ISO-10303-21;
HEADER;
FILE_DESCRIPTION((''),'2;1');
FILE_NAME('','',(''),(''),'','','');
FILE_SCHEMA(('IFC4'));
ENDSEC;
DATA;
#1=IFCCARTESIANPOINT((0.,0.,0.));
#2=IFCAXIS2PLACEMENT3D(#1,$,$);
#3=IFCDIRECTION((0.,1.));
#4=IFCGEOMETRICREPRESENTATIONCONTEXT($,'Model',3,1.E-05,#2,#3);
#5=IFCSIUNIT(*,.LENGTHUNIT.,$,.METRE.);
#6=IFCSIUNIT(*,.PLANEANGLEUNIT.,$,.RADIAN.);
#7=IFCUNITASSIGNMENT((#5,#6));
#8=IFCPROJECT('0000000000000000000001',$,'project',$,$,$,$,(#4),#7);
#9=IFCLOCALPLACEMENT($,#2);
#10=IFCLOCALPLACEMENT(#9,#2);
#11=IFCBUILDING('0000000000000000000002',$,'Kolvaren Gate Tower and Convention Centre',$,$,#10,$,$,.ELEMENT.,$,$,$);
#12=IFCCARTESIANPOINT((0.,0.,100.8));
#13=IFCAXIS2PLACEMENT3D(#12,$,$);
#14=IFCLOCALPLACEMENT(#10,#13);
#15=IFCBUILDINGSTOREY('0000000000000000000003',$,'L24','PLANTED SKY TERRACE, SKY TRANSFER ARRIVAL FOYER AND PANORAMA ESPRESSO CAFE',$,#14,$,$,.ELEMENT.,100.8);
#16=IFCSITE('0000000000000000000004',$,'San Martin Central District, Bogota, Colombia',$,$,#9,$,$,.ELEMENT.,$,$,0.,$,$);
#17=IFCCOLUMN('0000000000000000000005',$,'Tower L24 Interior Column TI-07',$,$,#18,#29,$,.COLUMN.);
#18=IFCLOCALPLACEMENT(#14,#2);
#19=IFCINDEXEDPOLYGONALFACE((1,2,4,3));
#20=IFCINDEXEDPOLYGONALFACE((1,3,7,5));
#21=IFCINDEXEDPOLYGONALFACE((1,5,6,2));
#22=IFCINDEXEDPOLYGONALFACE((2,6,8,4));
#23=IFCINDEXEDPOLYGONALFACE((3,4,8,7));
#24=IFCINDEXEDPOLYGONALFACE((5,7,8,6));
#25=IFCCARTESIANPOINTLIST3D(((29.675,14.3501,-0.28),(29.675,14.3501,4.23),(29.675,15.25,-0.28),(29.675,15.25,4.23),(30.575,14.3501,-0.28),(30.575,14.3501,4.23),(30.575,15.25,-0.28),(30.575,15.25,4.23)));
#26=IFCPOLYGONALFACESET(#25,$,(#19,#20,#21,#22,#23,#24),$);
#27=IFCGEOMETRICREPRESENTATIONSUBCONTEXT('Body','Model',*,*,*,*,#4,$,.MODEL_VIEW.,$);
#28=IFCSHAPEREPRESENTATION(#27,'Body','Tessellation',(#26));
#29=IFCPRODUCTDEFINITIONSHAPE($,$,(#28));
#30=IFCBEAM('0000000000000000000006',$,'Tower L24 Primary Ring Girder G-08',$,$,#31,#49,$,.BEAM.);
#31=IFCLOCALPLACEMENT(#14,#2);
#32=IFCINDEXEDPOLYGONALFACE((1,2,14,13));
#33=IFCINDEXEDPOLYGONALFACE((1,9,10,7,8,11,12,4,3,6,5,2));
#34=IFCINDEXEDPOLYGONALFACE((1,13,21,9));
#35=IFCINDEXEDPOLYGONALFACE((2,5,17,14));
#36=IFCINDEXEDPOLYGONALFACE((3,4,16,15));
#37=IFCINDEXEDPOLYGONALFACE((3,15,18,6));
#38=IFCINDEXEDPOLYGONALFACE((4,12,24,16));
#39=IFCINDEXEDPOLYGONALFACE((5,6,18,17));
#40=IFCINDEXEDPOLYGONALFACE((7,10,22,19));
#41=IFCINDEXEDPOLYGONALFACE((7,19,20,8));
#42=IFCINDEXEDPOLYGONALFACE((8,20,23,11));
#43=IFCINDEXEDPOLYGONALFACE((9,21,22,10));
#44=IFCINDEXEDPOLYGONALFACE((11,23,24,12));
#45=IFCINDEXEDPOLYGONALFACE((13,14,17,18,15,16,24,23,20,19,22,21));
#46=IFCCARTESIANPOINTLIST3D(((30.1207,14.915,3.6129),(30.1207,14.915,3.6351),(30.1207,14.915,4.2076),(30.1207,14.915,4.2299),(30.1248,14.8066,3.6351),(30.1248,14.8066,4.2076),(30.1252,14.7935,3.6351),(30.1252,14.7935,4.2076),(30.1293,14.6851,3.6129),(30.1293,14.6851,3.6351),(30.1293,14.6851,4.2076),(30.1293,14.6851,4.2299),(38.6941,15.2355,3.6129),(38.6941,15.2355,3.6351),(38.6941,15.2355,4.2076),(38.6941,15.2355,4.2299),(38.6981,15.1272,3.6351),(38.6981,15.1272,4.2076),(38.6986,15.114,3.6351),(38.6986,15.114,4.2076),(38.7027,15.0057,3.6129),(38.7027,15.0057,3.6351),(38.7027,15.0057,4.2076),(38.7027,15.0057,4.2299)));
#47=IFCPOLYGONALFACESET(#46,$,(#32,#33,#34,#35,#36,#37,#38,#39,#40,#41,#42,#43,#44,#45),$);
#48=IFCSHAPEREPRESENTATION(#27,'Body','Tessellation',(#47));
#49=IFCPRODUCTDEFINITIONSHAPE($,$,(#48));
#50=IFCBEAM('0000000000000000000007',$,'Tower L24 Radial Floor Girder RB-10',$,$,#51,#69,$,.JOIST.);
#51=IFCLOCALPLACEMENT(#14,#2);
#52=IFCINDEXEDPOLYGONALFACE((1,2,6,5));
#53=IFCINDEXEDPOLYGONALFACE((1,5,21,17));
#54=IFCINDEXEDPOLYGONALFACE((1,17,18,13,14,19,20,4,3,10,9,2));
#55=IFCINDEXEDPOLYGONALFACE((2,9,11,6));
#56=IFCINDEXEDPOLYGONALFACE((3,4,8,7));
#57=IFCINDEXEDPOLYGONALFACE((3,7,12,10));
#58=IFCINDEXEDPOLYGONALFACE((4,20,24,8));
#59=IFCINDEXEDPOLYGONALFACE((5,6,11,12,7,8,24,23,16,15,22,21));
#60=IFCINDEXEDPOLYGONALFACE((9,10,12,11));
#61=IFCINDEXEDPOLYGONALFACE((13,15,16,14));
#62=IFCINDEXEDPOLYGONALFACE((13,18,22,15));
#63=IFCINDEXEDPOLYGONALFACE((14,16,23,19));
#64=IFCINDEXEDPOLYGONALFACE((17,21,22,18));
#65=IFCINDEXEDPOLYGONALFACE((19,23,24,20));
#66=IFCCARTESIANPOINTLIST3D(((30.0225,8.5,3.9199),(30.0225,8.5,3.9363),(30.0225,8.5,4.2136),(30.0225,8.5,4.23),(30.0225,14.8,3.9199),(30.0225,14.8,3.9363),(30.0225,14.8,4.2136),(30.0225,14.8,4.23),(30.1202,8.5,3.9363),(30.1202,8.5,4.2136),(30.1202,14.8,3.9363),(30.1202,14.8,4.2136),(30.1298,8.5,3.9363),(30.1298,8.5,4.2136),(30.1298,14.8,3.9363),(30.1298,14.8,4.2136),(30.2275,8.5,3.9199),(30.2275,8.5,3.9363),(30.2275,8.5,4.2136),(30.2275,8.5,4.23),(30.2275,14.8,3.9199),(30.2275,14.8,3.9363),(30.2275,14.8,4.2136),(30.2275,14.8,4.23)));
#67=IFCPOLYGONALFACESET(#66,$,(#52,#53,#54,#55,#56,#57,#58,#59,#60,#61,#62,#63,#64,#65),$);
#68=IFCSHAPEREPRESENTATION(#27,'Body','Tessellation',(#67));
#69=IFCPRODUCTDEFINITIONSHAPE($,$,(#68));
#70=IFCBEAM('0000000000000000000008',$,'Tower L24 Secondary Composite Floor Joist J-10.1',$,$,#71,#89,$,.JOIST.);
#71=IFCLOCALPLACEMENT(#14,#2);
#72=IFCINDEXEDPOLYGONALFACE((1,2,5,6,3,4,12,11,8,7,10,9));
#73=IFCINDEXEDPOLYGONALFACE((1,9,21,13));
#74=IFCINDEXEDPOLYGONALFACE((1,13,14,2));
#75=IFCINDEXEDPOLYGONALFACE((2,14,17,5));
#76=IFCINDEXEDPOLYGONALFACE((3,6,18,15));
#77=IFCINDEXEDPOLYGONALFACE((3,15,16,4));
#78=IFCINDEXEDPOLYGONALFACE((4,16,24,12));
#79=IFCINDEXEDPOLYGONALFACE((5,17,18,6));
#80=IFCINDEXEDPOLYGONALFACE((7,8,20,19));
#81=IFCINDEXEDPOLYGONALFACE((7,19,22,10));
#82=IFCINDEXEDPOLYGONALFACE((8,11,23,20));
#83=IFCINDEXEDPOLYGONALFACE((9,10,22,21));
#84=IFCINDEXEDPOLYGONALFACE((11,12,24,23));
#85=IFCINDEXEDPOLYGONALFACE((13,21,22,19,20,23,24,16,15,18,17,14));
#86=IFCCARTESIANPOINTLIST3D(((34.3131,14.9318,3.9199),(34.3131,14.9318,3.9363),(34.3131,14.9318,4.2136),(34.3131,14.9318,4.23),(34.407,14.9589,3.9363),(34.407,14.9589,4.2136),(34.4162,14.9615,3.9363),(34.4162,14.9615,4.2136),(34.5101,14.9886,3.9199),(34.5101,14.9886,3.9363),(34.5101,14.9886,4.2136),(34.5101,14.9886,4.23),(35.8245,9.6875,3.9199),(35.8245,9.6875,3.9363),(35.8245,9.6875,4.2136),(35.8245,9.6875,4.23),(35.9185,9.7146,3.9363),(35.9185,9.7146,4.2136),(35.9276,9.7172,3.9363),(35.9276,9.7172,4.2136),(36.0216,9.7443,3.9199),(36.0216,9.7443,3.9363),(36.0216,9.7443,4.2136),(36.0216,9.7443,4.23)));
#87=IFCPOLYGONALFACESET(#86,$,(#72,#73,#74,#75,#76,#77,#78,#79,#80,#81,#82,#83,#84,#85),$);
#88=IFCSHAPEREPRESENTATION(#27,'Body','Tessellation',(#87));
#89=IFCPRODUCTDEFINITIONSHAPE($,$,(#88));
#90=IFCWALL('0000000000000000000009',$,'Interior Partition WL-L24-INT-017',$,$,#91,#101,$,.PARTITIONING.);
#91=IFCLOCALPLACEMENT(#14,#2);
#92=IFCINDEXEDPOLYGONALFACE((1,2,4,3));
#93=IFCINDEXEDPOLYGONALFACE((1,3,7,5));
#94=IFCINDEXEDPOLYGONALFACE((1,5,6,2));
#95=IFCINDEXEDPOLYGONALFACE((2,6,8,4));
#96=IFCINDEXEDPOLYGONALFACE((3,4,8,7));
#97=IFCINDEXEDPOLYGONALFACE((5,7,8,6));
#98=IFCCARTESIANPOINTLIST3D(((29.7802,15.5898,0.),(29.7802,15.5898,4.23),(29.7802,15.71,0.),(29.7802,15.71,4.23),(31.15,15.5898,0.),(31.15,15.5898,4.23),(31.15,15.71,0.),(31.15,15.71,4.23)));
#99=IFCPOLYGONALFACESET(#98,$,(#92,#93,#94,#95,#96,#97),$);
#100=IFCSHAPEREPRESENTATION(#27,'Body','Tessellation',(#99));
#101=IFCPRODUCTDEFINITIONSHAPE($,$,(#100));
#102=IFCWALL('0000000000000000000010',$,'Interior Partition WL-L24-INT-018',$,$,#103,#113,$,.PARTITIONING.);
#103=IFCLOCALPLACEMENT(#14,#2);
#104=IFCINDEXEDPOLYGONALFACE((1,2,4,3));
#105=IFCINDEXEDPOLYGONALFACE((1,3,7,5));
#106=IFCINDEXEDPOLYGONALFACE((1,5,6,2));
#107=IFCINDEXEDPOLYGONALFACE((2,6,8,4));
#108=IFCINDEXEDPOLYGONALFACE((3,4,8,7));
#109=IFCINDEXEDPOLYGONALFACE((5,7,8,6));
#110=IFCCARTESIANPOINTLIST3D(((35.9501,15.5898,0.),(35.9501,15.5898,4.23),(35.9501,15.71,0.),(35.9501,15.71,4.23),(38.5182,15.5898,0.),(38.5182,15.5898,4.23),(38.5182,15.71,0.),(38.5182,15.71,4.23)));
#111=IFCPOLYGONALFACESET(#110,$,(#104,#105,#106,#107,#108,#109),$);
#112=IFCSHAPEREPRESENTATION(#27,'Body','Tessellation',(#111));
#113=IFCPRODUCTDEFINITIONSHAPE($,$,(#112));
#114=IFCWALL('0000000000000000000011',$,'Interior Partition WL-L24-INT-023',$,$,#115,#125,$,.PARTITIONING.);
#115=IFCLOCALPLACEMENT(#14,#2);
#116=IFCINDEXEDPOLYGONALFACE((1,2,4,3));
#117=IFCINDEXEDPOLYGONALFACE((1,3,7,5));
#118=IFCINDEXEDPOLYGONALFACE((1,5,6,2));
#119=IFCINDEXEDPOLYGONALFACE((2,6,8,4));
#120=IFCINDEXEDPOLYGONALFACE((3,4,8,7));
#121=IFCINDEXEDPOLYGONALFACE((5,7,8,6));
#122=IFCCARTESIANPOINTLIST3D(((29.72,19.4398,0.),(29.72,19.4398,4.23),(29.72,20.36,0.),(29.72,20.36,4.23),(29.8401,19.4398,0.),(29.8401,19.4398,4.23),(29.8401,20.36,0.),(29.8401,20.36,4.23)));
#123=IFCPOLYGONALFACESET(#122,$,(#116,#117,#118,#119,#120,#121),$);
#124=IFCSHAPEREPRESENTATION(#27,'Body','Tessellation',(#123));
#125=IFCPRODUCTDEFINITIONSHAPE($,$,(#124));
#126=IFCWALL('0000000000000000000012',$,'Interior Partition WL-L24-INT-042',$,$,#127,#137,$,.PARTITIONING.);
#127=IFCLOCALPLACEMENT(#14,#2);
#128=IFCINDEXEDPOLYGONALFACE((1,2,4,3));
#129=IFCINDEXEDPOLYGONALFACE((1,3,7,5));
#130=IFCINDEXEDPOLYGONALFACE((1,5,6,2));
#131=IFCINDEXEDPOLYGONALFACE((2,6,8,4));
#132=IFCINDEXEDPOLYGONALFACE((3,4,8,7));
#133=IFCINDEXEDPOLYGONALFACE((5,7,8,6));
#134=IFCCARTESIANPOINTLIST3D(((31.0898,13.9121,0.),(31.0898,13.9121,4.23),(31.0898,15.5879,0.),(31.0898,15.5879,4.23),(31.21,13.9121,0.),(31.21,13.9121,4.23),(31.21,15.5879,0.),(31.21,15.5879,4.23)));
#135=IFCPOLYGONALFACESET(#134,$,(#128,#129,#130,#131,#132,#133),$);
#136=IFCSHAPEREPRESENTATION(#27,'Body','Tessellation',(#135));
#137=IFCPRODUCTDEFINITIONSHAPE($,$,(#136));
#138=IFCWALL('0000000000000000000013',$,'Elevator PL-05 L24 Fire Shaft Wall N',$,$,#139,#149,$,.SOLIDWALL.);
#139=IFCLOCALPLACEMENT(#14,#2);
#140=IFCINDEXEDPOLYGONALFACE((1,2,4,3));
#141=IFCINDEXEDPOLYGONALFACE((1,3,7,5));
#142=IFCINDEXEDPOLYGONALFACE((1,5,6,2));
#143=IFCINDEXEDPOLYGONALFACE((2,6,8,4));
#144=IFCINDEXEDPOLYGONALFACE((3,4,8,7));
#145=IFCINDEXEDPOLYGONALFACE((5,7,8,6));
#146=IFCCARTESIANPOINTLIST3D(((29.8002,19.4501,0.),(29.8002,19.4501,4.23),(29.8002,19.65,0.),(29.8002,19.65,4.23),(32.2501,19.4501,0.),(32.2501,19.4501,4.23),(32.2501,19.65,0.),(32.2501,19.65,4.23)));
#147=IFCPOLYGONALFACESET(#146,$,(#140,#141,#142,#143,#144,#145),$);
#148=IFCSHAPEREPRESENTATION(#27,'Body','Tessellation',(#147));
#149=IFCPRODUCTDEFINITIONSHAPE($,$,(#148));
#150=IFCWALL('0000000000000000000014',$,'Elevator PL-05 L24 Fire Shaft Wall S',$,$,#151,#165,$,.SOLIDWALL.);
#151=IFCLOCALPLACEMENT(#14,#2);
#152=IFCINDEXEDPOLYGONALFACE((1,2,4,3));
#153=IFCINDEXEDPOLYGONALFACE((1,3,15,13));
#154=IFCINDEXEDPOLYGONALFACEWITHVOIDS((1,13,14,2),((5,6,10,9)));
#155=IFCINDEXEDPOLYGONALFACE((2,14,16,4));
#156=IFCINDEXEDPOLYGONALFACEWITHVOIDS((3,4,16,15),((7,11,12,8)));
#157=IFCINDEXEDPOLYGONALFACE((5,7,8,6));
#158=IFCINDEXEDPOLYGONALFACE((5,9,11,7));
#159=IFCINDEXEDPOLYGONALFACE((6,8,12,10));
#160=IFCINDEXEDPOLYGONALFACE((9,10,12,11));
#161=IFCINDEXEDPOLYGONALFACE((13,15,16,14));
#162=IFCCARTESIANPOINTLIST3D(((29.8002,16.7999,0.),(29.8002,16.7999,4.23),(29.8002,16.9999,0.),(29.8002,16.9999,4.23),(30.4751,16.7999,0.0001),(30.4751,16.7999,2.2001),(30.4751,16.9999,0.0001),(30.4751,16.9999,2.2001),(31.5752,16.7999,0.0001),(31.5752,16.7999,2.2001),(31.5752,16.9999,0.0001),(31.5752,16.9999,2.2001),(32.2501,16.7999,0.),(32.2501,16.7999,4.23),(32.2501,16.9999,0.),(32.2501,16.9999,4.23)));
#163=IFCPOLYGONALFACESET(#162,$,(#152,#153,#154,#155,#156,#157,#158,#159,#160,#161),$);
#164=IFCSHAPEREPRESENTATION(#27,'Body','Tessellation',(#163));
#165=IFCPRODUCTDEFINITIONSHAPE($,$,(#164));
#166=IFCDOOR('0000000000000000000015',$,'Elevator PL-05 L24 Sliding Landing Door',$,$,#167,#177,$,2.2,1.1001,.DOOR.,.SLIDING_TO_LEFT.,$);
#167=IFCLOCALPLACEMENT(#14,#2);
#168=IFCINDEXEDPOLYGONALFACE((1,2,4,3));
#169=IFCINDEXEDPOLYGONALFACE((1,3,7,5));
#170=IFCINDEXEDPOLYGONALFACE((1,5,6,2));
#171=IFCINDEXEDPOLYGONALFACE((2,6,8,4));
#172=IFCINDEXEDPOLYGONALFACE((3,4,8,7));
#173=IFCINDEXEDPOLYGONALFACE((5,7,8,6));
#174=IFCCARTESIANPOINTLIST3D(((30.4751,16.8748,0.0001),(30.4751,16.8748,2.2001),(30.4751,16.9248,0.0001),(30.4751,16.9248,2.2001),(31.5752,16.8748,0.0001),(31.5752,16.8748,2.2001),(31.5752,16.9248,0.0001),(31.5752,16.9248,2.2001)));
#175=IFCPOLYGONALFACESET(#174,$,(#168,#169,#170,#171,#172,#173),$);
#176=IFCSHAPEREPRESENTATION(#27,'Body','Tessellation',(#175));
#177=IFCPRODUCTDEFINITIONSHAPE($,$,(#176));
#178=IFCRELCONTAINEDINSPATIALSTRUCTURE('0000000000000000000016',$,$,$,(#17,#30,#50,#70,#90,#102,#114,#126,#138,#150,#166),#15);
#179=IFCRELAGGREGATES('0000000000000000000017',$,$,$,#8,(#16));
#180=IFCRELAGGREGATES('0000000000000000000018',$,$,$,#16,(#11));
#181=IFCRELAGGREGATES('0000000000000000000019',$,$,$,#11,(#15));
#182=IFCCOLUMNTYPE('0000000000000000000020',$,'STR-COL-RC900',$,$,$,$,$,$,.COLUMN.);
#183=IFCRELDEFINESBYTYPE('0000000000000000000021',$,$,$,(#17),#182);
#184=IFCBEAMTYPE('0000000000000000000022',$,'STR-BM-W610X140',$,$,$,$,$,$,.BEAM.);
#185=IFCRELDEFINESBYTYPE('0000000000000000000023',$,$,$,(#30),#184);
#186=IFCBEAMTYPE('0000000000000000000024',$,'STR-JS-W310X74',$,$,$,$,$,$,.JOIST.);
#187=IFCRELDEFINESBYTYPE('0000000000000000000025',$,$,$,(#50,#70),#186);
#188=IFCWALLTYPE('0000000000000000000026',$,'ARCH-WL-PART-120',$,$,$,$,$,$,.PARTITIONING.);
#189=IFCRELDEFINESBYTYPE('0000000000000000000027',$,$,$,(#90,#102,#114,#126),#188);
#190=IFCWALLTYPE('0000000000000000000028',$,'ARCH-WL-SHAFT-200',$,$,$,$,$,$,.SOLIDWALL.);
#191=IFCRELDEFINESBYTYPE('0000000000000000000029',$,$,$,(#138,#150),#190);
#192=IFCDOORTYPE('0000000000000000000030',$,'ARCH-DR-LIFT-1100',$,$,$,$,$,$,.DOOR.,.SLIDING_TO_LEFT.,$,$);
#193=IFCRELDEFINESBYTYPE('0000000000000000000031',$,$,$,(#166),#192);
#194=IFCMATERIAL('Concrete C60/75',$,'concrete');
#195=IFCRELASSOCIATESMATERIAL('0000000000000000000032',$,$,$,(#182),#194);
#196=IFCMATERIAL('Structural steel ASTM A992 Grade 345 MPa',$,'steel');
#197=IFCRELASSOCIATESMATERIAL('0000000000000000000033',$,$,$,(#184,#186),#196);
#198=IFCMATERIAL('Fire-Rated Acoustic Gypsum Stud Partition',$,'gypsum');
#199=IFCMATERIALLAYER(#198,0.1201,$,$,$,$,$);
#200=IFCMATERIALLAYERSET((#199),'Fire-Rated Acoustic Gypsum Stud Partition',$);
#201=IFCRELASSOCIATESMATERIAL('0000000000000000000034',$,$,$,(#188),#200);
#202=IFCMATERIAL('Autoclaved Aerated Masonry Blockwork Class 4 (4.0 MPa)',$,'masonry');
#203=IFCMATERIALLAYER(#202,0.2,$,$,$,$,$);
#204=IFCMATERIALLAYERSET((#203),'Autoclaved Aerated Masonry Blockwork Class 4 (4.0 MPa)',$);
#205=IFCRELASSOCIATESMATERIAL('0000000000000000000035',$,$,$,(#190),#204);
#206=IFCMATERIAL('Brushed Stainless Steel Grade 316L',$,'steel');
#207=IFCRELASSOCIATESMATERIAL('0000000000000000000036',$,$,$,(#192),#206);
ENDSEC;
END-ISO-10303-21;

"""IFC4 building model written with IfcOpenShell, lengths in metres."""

from ifc_helpers import new_model, si_unit, direction, frame, frame_2d, origin, origin_2d, place, context, subcontext, project, spatial, rectangle, i_section, extrude, material, layer, layer_set, material_profile, profile_set, type_object, element, fill, save


model = new_model("IFC4")

# Units and contexts
model_context = context("Model", 3, precision=1e-05, world=origin(), true_north=direction((0.0, 1.0)))
body_context = subcontext(model_context, "Body", "Model", "MODEL_VIEW")
ifc_project = project(units=[si_unit("LENGTHUNIT", "METRE"), si_unit("PLANEANGLEUNIT", "RADIAN")], contexts=[model_context])

# Site, building, storey
site_placement = place(None, origin())
site = spatial("IfcSite", under=ifc_project, at=site_placement, Name="San Martin Central District, Bogota, Colombia", CompositionType="ELEMENT", RefElevation=0.0)
building_placement = place(site_placement, origin())
building = spatial("IfcBuilding", under=site, at=building_placement, Name="Kolvaren Gate Tower and Convention Centre", CompositionType="ELEMENT")
storey_placement = place(building_placement, frame((0.0, 0.0, 100.8)))
storey = spatial("IfcBuildingStorey", under=building, at=storey_placement, Name="L24", Description="PLANTED SKY TERRACE, SKY TRANSFER ARRIVAL FOYER AND PANORAMA ESPRESSO CAFE", CompositionType="ELEMENT", Elevation=100.8)

# Column
ifc_material_1 = material(Name="Concrete C60/75", Category="concrete")
ifc_material_profile_1 = material_profile(ifc_material_1, rectangle(XDim=0.8999, YDim=0.8999, at=origin_2d()), Name="RC-COL-900X900")
ifc_profile_set_1 = profile_set([ifc_material_profile_1], Name="Concrete C60/75")
column_type = type_object("IfcColumnType", Name="STR-COL-RC900", PredefinedType="COLUMN", material=ifc_profile_set_1)
column_placement = place(storey_placement, frame((30.125, 14.8, -0.28), z_axis=(0.0, 0.0, 1.0), x_axis=(1.0, 0.0, 0.0)))
element("IfcColumn", 1, at=column_placement, inside=storey, type_object=column_type, Name="Tower L24 Interior Column TI-07", PredefinedType="COLUMN", context=body_context, shape_type="SweptSolid", body=[
    extrude(rectangle(XDim=0.8999, YDim=0.8999, at=origin_2d()), origin(), (0.0, 0.0, 1.0), 4.51),
])

# Beams
ifc_material_2 = material(Name="Structural steel ASTM A992 Grade 345 MPa", Category="steel")
ifc_material_profile_2 = material_profile(ifc_material_2, i_section(OverallWidth=0.23, OverallDepth=0.6169, WebThickness=0.0132, FlangeThickness=0.0222, at=origin_2d()), Name="W610X140")
ifc_profile_set_2 = profile_set([ifc_material_profile_2], Name="Structural steel ASTM A992 Grade 345 MPa")
beam_type_1 = type_object("IfcBeamType", Name="STR-BM-W610X140", PredefinedType="BEAM", material=ifc_profile_set_2)
beam_1_placement = place(storey_placement, frame((30.125, 14.8, 3.9214), z_axis=(0.999302, 0.037364, 0.0), x_axis=(-0.037364, 0.999302, 0.0)))
element("IfcBeam", 2, at=beam_1_placement, inside=storey, type_object=beam_type_1, Name="Tower L24 Primary Ring Girder G-08", PredefinedType="BEAM", context=body_context, shape_type="SweptSolid", body=[
    extrude(i_section(OverallWidth=0.23, OverallDepth=0.6169, WebThickness=0.0132, FlangeThickness=0.0222, at=origin_2d()), origin(), (0.0, 0.0, 1.0), 8.5793),
])
ifc_material_profile_3 = material_profile(ifc_material_2, i_section(OverallWidth=0.2051, OverallDepth=0.3101, WebThickness=0.0095, FlangeThickness=0.0164, at=origin_2d()), Name="W310X74")
ifc_profile_set_3 = profile_set([ifc_material_profile_3], Name="Structural steel ASTM A992 Grade 345 MPa")
beam_type_2 = type_object("IfcBeamType", Name="STR-JS-W310X74", PredefinedType="JOIST", material=ifc_profile_set_3)
beam_2_placement = place(storey_placement, frame((30.125, 14.8, 4.075), z_axis=(0.0, -1.0, 0.0), x_axis=(1.0, 0.0, 0.0)))
element("IfcBeam", 3, at=beam_2_placement, inside=storey, type_object=beam_type_2, Name="Tower L24 Radial Floor Girder RB-10", PredefinedType="JOIST", context=body_context, shape_type="SweptSolid", body=[
    extrude(i_section(OverallWidth=0.2051, OverallDepth=0.3101, WebThickness=0.0095, FlangeThickness=0.0164, at=origin_2d()), origin(), (0.0, 0.0, 1.0), 6.3),
])
beam_3_placement = place(storey_placement, frame((34.4116, 14.9602, 4.075), z_axis=(0.276936, -0.960888, 0.0), x_axis=(0.960888, 0.276936, 0.0)))
element("IfcBeam", 4, at=beam_3_placement, inside=storey, type_object=beam_type_2, Name="Tower L24 Secondary Composite Floor Joist J-10.1", PredefinedType="JOIST", context=body_context, shape_type="SweptSolid", body=[
    extrude(i_section(OverallWidth=0.2051, OverallDepth=0.3101, WebThickness=0.0095, FlangeThickness=0.0164, at=origin_2d()), origin(), (0.0, 0.0, 1.0), 5.4578),
])

# Walls
ifc_material_3 = material(Name="Fire-Rated Acoustic Gypsum Stud Partition", Category="gypsum")
ifc_layer_1 = layer(ifc_material_3, 0.1201)
ifc_layer_set_1 = layer_set([ifc_layer_1], Name="Fire-Rated Acoustic Gypsum Stud Partition")
wall_type_1 = type_object("IfcWallType", Name="ARCH-WL-PART-120", PredefinedType="PARTITIONING", material=ifc_layer_set_1)
wall_1_placement = place(storey_placement, frame((29.78, 15.6499, 0.0), z_axis=(0.0, 0.0, 1.0), x_axis=(1.0, 0.0, 0.0)))
element("IfcWall", 5, at=wall_1_placement, inside=storey, type_object=wall_type_1, Name="Interior Partition WL-L24-INT-017", PredefinedType="PARTITIONING", context=body_context, shape_type="SweptSolid", body=[
    extrude(rectangle(XDim=1.3699, YDim=0.1201, at=frame_2d((0.6851, 0.0))), origin(), (0.0, 0.0, 1.0), 4.23),
])
wall_2_placement = place(storey_placement, frame((35.95, 15.6499, 0.0), z_axis=(0.0, 0.0, 1.0), x_axis=(1.0, 0.0, 0.0)))
element("IfcWall", 6, at=wall_2_placement, inside=storey, type_object=wall_type_1, Name="Interior Partition WL-L24-INT-018", PredefinedType="PARTITIONING", context=body_context, shape_type="SweptSolid", body=[
    extrude(rectangle(XDim=2.5681, YDim=0.1201, at=frame_2d((1.2842, 0.0))), origin(), (0.0, 0.0, 1.0), 4.23),
])
wall_3_placement = place(storey_placement, frame((29.78, 19.4399, 0.0), z_axis=(0.0, 0.0, 1.0), x_axis=(0.0, 1.0, 0.0)))
element("IfcWall", 7, at=wall_3_placement, inside=storey, type_object=wall_type_1, Name="Interior Partition WL-L24-INT-023", PredefinedType="PARTITIONING", context=body_context, shape_type="SweptSolid", body=[
    extrude(rectangle(XDim=0.9202, YDim=0.1201, at=frame_2d((0.46, 0.0))), origin(), (0.0, 0.0, 1.0), 4.23),
])
wall_4_placement = place(storey_placement, frame((31.1499, 13.9121, 0.0), z_axis=(0.0, 0.0, 1.0), x_axis=(0.0, 1.0, 0.0)))
element("IfcWall", 8, at=wall_4_placement, inside=storey, type_object=wall_type_1, Name="Interior Partition WL-L24-INT-042", PredefinedType="PARTITIONING", context=body_context, shape_type="SweptSolid", body=[
    extrude(rectangle(XDim=1.6758, YDim=0.1201, at=frame_2d((0.8379, 0.0))), origin(), (0.0, 0.0, 1.0), 4.23),
])
ifc_material_4 = material(Name="Autoclaved Aerated Masonry Blockwork Class 4 (4.0 MPa)", Category="masonry")
ifc_layer_2 = layer(ifc_material_4, 0.2)
ifc_layer_set_2 = layer_set([ifc_layer_2], Name="Autoclaved Aerated Masonry Blockwork Class 4 (4.0 MPa)")
wall_type_2 = type_object("IfcWallType", Name="ARCH-WL-SHAFT-200", PredefinedType="SOLIDWALL", material=ifc_layer_set_2)
wall_5_placement = place(storey_placement, frame((29.8, 19.55, 0.0), z_axis=(0.0, 0.0, 1.0), x_axis=(1.0, 0.0, 0.0)))
element("IfcWall", 9, at=wall_5_placement, inside=storey, type_object=wall_type_2, Name="Elevator PL-05 L24 Fire Shaft Wall N", PredefinedType="SOLIDWALL", context=body_context, shape_type="SweptSolid", body=[
    extrude(rectangle(XDim=2.45, YDim=0.2, at=frame_2d((1.2251, 0.0))), origin(), (0.0, 0.0, 1.0), 4.23),
])

# Wall, opening, door
wall_6_placement = place(storey_placement, frame((29.8, 16.8999, 0.0), z_axis=(0.0, 0.0, 1.0), x_axis=(1.0, 0.0, 0.0)))
wall_6 = element("IfcWall", 10, at=wall_6_placement, inside=storey, type_object=wall_type_2, Name="Elevator PL-05 L24 Fire Shaft Wall S", PredefinedType="SOLIDWALL", context=body_context, shape_type="SweptSolid", body=[
    extrude(rectangle(XDim=2.45, YDim=0.2, at=frame_2d((1.2251, 0.0))), origin(), (0.0, 0.0, 1.0), 4.23),
])
opening_1_placement = place(wall_6_placement, frame((0.675, 0.0, 0.0)))
opening_1 = element("IfcOpeningElement", 11, at=opening_1_placement, cuts=wall_6, PredefinedType="OPENING", context=body_context, shape_type="SweptSolid", body=[
    extrude(rectangle(XDim=1.1001, YDim=2.2, at=frame_2d((0.55, 1.1001))), frame((0.0, 0.1099, 0.0), z_axis=(0.0, -1.0, 0.0), x_axis=(1.0, 0.0, 0.0)), (0.0, 0.0, 1.0), 0.22),
])
ifc_material_5 = material(Name="Brushed Stainless Steel Grade 316L", Category="steel")
door_type = type_object("IfcDoorType", Name="ARCH-DR-LIFT-1100", OperationType="SLIDING_TO_LEFT", PredefinedType="DOOR", material=ifc_material_5)
door_1_placement = place(opening_1_placement, origin())
door_1 = element("IfcDoor", 12, at=door_1_placement, inside=storey, type_object=door_type, Name="Elevator PL-05 L24 Sliding Landing Door", OperationType="SLIDING_TO_LEFT", OverallHeight=2.2, OverallWidth=1.1001, PredefinedType="DOOR", context=body_context, shape_type="SweptSolid", body=[
    extrude(rectangle(XDim=1.1001, YDim=2.2, at=frame_2d((0.55, 1.1001))), frame((0.0, 0.0249, 0.0), z_axis=(0.0, -1.0, 0.0), x_axis=(1.0, 0.0, 0.0)), (0.0, 0.0, 1.0), 0.05),
])
fill(opening_1, door_1)

save(model, "model.ifc")
